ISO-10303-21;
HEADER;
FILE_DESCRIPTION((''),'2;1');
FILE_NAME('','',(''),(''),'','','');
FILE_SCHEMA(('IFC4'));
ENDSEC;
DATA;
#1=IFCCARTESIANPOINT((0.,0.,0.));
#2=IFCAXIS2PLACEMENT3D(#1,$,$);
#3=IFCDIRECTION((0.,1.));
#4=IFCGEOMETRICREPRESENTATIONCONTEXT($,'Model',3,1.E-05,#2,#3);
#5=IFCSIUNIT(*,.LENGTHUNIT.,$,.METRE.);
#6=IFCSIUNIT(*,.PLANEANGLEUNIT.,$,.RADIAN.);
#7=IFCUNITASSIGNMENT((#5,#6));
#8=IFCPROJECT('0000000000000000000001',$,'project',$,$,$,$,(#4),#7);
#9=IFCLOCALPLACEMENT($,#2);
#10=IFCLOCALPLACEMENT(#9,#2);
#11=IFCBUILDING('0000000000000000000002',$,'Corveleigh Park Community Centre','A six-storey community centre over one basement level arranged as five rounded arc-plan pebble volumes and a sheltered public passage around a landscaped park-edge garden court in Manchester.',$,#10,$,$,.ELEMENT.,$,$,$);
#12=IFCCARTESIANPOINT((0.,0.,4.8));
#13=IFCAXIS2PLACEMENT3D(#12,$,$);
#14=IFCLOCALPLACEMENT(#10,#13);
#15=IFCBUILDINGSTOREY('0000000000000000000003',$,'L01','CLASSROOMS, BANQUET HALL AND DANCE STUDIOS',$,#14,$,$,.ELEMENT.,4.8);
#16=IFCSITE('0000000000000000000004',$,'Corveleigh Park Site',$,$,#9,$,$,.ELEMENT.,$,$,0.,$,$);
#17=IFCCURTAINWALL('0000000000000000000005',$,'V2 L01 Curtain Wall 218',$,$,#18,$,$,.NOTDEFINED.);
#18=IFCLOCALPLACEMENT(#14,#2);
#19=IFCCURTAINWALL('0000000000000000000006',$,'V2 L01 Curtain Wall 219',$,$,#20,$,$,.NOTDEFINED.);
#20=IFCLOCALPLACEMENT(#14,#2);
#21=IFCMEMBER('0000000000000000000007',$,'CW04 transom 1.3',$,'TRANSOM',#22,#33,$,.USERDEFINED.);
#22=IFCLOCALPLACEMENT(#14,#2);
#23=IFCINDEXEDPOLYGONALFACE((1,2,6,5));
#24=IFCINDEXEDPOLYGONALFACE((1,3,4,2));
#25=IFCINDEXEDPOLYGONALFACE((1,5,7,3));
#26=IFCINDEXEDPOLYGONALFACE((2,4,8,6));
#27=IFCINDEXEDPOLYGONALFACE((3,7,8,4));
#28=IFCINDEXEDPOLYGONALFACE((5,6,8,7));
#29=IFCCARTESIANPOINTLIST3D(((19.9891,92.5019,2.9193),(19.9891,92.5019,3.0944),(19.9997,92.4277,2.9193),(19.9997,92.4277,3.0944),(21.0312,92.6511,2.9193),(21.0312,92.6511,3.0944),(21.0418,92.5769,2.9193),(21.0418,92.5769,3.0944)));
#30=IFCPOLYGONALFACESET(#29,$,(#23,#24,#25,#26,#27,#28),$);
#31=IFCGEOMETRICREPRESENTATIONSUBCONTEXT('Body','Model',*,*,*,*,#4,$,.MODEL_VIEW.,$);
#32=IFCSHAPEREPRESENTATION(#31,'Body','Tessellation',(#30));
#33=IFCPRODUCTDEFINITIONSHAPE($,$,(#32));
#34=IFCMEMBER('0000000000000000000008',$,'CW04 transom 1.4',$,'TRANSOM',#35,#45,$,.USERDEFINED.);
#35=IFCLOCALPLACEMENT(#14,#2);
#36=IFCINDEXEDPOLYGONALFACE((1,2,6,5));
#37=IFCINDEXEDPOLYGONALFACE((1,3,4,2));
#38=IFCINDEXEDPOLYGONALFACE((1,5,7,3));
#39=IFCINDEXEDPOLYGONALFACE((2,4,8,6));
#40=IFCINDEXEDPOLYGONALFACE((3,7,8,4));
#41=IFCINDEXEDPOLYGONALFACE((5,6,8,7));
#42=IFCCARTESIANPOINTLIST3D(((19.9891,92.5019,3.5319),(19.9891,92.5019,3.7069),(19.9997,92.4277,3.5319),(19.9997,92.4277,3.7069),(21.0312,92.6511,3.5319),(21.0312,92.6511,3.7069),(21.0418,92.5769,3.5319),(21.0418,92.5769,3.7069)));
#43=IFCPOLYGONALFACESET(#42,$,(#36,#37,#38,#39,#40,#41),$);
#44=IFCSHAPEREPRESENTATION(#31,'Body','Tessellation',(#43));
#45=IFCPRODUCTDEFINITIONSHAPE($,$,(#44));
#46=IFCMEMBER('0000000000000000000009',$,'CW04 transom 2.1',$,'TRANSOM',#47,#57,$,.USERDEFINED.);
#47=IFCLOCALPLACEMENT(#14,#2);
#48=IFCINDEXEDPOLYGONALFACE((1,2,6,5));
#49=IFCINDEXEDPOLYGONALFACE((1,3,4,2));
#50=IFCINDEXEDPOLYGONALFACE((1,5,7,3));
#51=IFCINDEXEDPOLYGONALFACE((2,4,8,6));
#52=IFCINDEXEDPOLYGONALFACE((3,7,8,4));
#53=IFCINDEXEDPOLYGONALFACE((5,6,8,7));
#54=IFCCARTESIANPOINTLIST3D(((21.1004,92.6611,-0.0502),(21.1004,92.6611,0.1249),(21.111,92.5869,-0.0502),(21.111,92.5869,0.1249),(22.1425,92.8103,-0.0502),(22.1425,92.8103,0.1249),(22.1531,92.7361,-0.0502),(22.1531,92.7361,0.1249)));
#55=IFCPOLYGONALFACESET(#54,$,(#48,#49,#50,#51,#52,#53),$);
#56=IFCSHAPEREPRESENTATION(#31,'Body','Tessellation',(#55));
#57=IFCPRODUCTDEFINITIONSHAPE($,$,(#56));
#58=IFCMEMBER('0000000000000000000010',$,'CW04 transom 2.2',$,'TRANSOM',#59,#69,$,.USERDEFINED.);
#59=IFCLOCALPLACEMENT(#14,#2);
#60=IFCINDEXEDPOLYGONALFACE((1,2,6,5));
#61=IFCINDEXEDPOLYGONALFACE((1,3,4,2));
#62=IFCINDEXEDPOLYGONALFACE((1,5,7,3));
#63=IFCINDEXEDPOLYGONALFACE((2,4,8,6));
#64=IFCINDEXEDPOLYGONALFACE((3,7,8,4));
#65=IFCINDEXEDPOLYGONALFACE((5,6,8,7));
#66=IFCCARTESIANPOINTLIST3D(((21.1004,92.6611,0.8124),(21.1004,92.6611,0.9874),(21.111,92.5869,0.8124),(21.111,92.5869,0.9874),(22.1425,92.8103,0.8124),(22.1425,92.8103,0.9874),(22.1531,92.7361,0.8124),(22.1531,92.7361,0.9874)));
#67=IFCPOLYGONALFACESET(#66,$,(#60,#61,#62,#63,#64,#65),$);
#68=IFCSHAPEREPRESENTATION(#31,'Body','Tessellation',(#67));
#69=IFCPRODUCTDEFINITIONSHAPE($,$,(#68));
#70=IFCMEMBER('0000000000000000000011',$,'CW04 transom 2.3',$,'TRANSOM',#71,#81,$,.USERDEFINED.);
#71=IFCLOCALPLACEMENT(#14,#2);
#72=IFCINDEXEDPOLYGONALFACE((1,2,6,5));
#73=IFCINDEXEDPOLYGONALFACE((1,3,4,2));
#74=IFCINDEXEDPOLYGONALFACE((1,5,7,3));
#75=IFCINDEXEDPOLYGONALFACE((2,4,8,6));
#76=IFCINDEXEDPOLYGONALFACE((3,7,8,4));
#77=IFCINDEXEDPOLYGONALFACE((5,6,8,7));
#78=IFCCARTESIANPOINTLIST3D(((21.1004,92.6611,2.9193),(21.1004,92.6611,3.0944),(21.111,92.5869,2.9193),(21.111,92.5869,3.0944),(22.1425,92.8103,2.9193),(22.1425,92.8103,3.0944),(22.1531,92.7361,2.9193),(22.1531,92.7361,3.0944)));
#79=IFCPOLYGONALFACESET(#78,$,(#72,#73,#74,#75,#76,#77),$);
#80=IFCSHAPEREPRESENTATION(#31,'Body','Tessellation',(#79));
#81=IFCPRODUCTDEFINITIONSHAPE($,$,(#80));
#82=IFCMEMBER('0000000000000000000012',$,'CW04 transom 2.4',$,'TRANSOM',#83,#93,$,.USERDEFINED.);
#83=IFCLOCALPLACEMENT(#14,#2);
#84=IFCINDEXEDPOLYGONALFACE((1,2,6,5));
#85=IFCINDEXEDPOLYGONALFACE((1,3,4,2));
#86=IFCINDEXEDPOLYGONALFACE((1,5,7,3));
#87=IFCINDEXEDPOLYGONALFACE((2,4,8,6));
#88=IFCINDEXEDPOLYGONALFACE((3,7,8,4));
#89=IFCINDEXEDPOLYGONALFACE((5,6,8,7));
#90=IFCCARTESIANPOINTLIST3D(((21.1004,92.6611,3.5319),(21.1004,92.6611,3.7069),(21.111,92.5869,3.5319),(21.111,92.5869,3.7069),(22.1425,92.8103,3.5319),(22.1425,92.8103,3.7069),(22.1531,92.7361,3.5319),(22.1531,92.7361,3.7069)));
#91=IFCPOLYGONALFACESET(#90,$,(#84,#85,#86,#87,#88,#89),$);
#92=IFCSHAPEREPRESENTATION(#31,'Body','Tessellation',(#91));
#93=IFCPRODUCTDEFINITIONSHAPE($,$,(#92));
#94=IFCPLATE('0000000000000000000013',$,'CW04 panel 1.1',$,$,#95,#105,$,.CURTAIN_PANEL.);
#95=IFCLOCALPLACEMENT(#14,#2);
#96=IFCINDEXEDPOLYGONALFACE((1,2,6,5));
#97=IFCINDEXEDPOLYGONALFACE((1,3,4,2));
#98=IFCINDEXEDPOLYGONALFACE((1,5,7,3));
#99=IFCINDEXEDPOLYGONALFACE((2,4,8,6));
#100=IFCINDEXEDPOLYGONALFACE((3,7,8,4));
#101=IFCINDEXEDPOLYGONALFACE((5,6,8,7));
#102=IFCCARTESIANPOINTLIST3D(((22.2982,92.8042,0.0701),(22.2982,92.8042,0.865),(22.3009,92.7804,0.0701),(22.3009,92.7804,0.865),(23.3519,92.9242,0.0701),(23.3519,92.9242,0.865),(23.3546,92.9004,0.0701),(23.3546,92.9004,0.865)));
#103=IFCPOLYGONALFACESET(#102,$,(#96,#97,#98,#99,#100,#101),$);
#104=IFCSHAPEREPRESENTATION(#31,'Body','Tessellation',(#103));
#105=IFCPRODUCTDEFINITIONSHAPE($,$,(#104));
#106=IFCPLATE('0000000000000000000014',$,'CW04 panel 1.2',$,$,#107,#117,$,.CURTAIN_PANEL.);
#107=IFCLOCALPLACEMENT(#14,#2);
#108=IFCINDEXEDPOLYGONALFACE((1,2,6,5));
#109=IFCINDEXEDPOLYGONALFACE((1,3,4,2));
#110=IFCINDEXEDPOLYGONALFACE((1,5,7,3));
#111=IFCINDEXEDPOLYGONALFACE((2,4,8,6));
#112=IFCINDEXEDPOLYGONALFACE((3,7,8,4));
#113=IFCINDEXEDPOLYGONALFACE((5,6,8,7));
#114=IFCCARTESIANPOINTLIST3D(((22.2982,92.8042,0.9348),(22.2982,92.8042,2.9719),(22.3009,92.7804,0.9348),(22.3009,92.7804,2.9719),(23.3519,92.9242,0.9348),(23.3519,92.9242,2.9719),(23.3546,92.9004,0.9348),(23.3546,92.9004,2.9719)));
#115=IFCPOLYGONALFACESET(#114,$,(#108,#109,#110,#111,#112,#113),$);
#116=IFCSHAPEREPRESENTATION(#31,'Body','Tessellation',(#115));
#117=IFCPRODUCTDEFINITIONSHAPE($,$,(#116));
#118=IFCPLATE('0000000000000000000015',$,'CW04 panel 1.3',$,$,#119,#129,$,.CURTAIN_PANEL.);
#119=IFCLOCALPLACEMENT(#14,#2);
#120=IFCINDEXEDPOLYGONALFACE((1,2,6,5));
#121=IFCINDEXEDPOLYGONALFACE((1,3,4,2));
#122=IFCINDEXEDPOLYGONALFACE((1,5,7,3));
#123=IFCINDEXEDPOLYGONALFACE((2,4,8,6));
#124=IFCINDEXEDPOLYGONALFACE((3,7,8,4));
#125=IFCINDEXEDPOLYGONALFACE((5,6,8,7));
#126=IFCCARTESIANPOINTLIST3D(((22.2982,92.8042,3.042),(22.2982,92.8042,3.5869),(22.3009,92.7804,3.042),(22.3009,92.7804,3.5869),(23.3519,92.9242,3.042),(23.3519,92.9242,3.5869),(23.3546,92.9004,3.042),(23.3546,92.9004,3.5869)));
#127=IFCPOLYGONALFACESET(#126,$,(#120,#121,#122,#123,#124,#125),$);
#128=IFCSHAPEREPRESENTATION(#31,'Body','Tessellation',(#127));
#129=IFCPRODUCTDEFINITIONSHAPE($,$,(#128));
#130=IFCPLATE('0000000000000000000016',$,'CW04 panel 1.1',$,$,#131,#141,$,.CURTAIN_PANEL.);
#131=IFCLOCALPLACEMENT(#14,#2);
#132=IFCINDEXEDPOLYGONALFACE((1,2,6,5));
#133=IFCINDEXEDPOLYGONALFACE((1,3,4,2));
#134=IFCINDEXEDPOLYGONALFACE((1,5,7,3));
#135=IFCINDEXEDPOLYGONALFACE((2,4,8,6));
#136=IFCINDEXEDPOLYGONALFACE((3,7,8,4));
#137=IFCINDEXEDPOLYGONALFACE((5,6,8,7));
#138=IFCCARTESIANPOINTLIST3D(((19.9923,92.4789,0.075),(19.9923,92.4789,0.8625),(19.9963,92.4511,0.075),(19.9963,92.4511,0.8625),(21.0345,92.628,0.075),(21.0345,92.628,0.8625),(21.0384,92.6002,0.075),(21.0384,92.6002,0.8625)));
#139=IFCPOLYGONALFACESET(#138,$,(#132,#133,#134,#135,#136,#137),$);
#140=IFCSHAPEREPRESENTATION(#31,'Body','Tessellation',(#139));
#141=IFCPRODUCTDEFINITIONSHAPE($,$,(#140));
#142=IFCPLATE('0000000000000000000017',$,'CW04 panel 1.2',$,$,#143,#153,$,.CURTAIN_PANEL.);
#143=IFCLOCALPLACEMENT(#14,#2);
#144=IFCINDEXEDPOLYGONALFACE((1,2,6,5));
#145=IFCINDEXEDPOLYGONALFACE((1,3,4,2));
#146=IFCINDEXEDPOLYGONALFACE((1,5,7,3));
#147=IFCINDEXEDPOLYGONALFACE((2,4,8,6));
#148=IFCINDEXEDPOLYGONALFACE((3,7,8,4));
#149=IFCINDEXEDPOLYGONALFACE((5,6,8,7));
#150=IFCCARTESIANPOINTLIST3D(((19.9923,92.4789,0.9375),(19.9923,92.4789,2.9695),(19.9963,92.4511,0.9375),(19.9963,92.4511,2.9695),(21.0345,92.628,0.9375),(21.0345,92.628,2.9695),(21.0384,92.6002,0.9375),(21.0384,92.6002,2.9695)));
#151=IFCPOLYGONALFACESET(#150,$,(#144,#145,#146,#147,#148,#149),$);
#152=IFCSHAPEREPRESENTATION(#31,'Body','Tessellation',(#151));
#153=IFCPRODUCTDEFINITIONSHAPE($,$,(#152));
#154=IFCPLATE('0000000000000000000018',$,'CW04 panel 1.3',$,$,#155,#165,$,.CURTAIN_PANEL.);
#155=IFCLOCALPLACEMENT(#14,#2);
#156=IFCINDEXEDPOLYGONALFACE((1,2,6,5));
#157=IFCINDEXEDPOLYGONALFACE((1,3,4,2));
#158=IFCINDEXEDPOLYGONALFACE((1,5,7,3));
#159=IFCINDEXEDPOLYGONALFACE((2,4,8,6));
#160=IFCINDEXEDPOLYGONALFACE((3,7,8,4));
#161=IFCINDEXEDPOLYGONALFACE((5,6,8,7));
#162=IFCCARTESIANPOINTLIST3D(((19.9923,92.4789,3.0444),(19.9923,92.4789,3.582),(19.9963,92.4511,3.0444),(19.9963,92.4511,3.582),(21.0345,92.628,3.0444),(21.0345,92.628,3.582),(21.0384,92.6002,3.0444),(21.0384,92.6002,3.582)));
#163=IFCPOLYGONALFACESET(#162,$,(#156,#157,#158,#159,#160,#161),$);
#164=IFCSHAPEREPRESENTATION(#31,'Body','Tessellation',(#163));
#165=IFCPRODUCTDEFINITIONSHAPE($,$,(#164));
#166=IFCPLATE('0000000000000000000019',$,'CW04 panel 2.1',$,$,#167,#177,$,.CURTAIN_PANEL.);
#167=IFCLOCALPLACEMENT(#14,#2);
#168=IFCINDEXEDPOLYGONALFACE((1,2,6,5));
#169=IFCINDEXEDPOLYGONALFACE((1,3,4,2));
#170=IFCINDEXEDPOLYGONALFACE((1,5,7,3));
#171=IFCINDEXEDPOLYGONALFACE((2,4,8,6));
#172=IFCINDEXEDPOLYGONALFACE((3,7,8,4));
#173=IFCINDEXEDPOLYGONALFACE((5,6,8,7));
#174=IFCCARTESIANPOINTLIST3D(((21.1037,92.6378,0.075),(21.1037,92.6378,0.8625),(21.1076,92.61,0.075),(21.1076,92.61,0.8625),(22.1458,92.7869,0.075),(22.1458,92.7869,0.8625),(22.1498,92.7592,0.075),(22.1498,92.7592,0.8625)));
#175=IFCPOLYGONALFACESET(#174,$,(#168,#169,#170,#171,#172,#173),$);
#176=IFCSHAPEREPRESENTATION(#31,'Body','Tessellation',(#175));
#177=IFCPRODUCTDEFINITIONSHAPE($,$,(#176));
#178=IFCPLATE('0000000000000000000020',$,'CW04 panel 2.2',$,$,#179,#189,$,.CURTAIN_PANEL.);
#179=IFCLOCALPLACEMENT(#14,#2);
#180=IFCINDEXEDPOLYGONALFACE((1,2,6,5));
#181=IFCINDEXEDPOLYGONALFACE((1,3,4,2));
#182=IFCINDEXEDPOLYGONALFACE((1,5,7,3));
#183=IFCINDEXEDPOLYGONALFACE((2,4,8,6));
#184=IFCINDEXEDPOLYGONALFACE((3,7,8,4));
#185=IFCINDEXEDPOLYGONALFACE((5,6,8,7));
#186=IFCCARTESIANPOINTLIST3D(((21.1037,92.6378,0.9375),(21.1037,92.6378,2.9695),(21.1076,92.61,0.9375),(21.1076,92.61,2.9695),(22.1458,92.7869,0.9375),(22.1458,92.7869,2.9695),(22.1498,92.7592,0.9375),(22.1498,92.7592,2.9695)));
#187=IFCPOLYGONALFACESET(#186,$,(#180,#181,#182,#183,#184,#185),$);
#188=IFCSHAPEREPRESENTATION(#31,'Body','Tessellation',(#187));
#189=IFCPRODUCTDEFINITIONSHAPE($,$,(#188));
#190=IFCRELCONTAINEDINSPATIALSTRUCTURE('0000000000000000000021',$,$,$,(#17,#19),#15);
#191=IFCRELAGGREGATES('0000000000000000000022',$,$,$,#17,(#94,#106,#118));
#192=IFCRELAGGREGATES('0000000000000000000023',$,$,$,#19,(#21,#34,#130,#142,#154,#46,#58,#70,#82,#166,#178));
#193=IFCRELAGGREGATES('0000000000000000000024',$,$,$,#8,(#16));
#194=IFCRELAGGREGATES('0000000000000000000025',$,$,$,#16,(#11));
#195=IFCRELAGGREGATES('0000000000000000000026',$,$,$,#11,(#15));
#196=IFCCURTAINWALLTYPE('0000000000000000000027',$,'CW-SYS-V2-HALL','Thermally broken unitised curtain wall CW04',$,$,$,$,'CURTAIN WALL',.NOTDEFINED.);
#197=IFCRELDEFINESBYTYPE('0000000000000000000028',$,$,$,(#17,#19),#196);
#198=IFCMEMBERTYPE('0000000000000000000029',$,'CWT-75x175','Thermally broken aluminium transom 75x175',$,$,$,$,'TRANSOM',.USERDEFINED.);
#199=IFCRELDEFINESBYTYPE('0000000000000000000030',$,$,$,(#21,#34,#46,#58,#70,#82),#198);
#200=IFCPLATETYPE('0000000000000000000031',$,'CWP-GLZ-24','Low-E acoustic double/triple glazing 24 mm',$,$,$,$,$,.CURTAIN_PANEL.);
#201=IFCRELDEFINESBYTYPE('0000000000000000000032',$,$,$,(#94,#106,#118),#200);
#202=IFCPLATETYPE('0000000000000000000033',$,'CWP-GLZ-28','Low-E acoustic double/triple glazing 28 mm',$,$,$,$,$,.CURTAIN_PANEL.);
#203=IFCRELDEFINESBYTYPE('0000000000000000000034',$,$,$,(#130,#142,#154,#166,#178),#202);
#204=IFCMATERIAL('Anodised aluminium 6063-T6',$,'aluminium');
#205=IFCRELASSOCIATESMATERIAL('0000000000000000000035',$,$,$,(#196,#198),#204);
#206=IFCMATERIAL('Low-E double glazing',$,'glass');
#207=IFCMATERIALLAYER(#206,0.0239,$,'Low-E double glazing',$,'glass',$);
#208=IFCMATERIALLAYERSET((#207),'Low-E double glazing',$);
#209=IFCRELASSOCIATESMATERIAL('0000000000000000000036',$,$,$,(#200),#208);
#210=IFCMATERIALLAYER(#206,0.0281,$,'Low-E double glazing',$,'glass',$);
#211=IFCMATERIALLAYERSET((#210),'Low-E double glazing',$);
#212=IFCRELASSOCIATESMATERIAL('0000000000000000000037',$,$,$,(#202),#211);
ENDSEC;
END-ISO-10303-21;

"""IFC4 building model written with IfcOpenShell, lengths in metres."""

from ifc_helpers import new_model, si_unit, direction, frame, origin, origin_2d, place, context, subcontext, project, spatial, rectangle, extrude, material, layer, layer_set, material_profile, profile_set, type_object, element, aggregate, save


model = new_model("IFC4")

# Units and contexts
model_context = context("Model", 3, precision=1e-05, world=origin(), true_north=direction((0.0, 1.0)))
body_context = subcontext(model_context, "Body", "Model", "MODEL_VIEW")
ifc_project = project(units=[si_unit("LENGTHUNIT", "METRE"), si_unit("PLANEANGLEUNIT", "RADIAN")], contexts=[model_context])

# Site, building, storey
site_placement = place(None, origin())
site = spatial("IfcSite", under=ifc_project, at=site_placement, Name="Corveleigh Park Site", CompositionType="ELEMENT", RefElevation=0.0)
building_placement = place(site_placement, origin())
building = spatial("IfcBuilding", under=site, at=building_placement, Name="Corveleigh Park Community Centre", Description="A six-storey community centre over one basement level arranged as five rounded arc-plan pebble volumes and a sheltered public passage around a landscaped park-edge garden court in Manchester.", CompositionType="ELEMENT")
storey_placement = place(building_placement, frame((0.0, 0.0, 4.8)))
storey = spatial("IfcBuildingStorey", under=building, at=storey_placement, Name="L01", Description="CLASSROOMS, BANQUET HALL AND DANCE STUDIOS", CompositionType="ELEMENT", Elevation=4.8)

# Curtain walls
ifc_material_1 = material(Name="Anodised aluminium 6063-T6", Category="aluminium")
curtain_wall_type = type_object("IfcCurtainWallType", Name="CW-SYS-V2-HALL", Description="Thermally broken unitised curtain wall CW04", ElementType="CURTAIN WALL", PredefinedType="NOTDEFINED", material=ifc_material_1)
curtain_wall_1_placement = place(storey_placement, origin())
curtain_wall_1 = element("IfcCurtainWall", 1, at=curtain_wall_1_placement, inside=storey, type_object=curtain_wall_type, Name="V2 L01 Curtain Wall 218", PredefinedType="NOTDEFINED")
curtain_wall_2_placement = place(storey_placement, origin())
curtain_wall_2 = element("IfcCurtainWall", 2, at=curtain_wall_2_placement, inside=storey, type_object=curtain_wall_type, Name="V2 L01 Curtain Wall 219", PredefinedType="NOTDEFINED")

# Members
ifc_material_profile_1 = material_profile(ifc_material_1, rectangle(XDim=0.075, YDim=0.175, at=origin_2d()), Name="ALU-T75x175", Category="aluminium")
ifc_profile_set_1 = profile_set([ifc_material_profile_1], Name="Anodised aluminium 6063-T6")
member_type_1 = type_object("IfcMemberType", Name="CWT-75x175", Description="Thermally broken aluminium transom 75x175", ElementType="TRANSOM", PredefinedType="USERDEFINED", material=ifc_profile_set_1)
member_1_placement = place(storey_placement, frame((19.9944, 92.4648, 3.0068), z_axis=(0.989908, 0.141714, 0.0), x_axis=(-0.141714, 0.989908, 0.0)))
member_1 = element("IfcMember", 3, at=member_1_placement, type_object=member_type_1, Name="CW04 transom 1.3", ObjectType="TRANSOM", PredefinedType="USERDEFINED", context=body_context, shape_type="SweptSolid", body=[
    extrude(rectangle(XDim=0.075, YDim=0.175, at=origin_2d()), origin(), (0.0, 0.0, 1.0), 1.0527),
])
member_2_placement = place(storey_placement, frame((19.9944, 92.4648, 3.6194), z_axis=(0.989908, 0.141714, 0.0), x_axis=(-0.141714, 0.989908, 0.0)))
member_2 = element("IfcMember", 4, at=member_2_placement, type_object=member_type_1, Name="CW04 transom 1.4", ObjectType="TRANSOM", PredefinedType="USERDEFINED", context=body_context, shape_type="SweptSolid", body=[
    extrude(rectangle(XDim=0.075, YDim=0.175, at=origin_2d()), origin(), (0.0, 0.0, 1.0), 1.0527),
])
member_3_placement = place(storey_placement, frame((21.1057, 92.624, 0.0374), z_axis=(0.989908, 0.141714, 0.0), x_axis=(-0.141714, 0.989908, 0.0)))
member_3 = element("IfcMember", 5, at=member_3_placement, type_object=member_type_1, Name="CW04 transom 2.1", ObjectType="TRANSOM", PredefinedType="USERDEFINED", context=body_context, shape_type="SweptSolid", body=[
    extrude(rectangle(XDim=0.075, YDim=0.175, at=origin_2d()), origin(), (0.0, 0.0, 1.0), 1.0527),
])
member_4_placement = place(storey_placement, frame((21.1057, 92.624, 0.8999), z_axis=(0.989908, 0.141714, 0.0), x_axis=(-0.141714, 0.989908, 0.0)))
member_4 = element("IfcMember", 6, at=member_4_placement, type_object=member_type_1, Name="CW04 transom 2.2", ObjectType="TRANSOM", PredefinedType="USERDEFINED", context=body_context, shape_type="SweptSolid", body=[
    extrude(rectangle(XDim=0.075, YDim=0.175, at=origin_2d()), origin(), (0.0, 0.0, 1.0), 1.0527),
])
member_5_placement = place(storey_placement, frame((21.1057, 92.624, 3.0068), z_axis=(0.989908, 0.141714, 0.0), x_axis=(-0.141714, 0.989908, 0.0)))
member_5 = element("IfcMember", 7, at=member_5_placement, type_object=member_type_1, Name="CW04 transom 2.3", ObjectType="TRANSOM", PredefinedType="USERDEFINED", context=body_context, shape_type="SweptSolid", body=[
    extrude(rectangle(XDim=0.075, YDim=0.175, at=origin_2d()), origin(), (0.0, 0.0, 1.0), 1.0527),
])
member_6_placement = place(storey_placement, frame((21.1057, 92.624, 3.6194), z_axis=(0.989908, 0.141714, 0.0), x_axis=(-0.141714, 0.989908, 0.0)))
member_6 = element("IfcMember", 8, at=member_6_placement, type_object=member_type_1, Name="CW04 transom 2.4", ObjectType="TRANSOM", PredefinedType="USERDEFINED", context=body_context, shape_type="SweptSolid", body=[
    extrude(rectangle(XDim=0.075, YDim=0.175, at=origin_2d()), origin(), (0.0, 0.0, 1.0), 1.0527),
])

# Plates
ifc_material_2 = material(Name="Low-E double glazing", Category="glass")
ifc_layer_1 = layer(ifc_material_2, 0.0239, Name="Low-E double glazing", Category="glass")
ifc_layer_set_1 = layer_set([ifc_layer_1], Name="Low-E double glazing")
plate_type_1 = type_object("IfcPlateType", Name="CWP-GLZ-24", Description="Low-E acoustic double/triple glazing 24 mm", PredefinedType="CURTAIN_PANEL", material=ifc_layer_set_1)
plate_1_placement = place(storey_placement, frame((22.8264, 92.8523, 0.0701), z_axis=(0.0, 0.0, 1.0), x_axis=(0.99358, 0.113133, 0.0)))
plate_1 = element("IfcPlate", 9, at=plate_1_placement, type_object=plate_type_1, Name="CW04 panel 1.1", PredefinedType="CURTAIN_PANEL", context=body_context, shape_type="SweptSolid", body=[
    extrude(rectangle(XDim=1.0605, YDim=0.0239, at=origin_2d()), origin(), (0.0, 0.0, 1.0), 0.7949),
])
plate_2_placement = place(storey_placement, frame((22.8264, 92.8523, 0.9348), z_axis=(0.0, 0.0, 1.0), x_axis=(0.99358, 0.113133, 0.0)))
plate_2 = element("IfcPlate", 10, at=plate_2_placement, type_object=plate_type_1, Name="CW04 panel 1.2", PredefinedType="CURTAIN_PANEL", context=body_context, shape_type="SweptSolid", body=[
    extrude(rectangle(XDim=1.0605, YDim=0.0239, at=origin_2d()), origin(), (0.0, 0.0, 1.0), 2.0371),
])
plate_3_placement = place(storey_placement, frame((22.8264, 92.8523, 3.042), z_axis=(0.0, 0.0, 1.0), x_axis=(0.99358, 0.113133, 0.0)))
plate_3 = element("IfcPlate", 11, at=plate_3_placement, type_object=plate_type_1, Name="CW04 panel 1.3", PredefinedType="CURTAIN_PANEL", context=body_context, shape_type="SweptSolid", body=[
    extrude(rectangle(XDim=1.0605, YDim=0.0239, at=origin_2d()), origin(), (0.0, 0.0, 1.0), 0.5449),
])
aggregate(curtain_wall_1, [plate_1, plate_2, plate_3])
ifc_layer_2 = layer(ifc_material_2, 0.0281, Name="Low-E double glazing", Category="glass")
ifc_layer_set_2 = layer_set([ifc_layer_2], Name="Low-E double glazing")
plate_type_2 = type_object("IfcPlateType", Name="CWP-GLZ-28", Description="Low-E acoustic double/triple glazing 28 mm", PredefinedType="CURTAIN_PANEL", material=ifc_layer_set_2)
plate_4_placement = place(storey_placement, frame((20.5154, 92.5396, 0.075), z_axis=(0.0, 0.0, 1.0), x_axis=(0.989915, 0.141663, 0.0)))
plate_4 = element("IfcPlate", 12, at=plate_4_placement, type_object=plate_type_2, Name="CW04 panel 1.1", PredefinedType="CURTAIN_PANEL", context=body_context, shape_type="SweptSolid", body=[
    extrude(rectangle(XDim=1.0527, YDim=0.0281, at=origin_2d()), origin(), (0.0, 0.0, 1.0), 0.7876),
])
plate_5_placement = place(storey_placement, frame((20.5154, 92.5396, 0.9375), z_axis=(0.0, 0.0, 1.0), x_axis=(0.989915, 0.141663, 0.0)))
plate_5 = element("IfcPlate", 13, at=plate_5_placement, type_object=plate_type_2, Name="CW04 panel 1.2", PredefinedType="CURTAIN_PANEL", context=body_context, shape_type="SweptSolid", body=[
    extrude(rectangle(XDim=1.0527, YDim=0.0281, at=origin_2d()), origin(), (0.0, 0.0, 1.0), 2.032),
])
plate_6_placement = place(storey_placement, frame((20.5154, 92.5396, 3.0444), z_axis=(0.0, 0.0, 1.0), x_axis=(0.989915, 0.141663, 0.0)))
plate_6 = element("IfcPlate", 14, at=plate_6_placement, type_object=plate_type_2, Name="CW04 panel 1.3", PredefinedType="CURTAIN_PANEL", context=body_context, shape_type="SweptSolid", body=[
    extrude(rectangle(XDim=1.0527, YDim=0.0281, at=origin_2d()), origin(), (0.0, 0.0, 1.0), 0.5376),
])
plate_7_placement = place(storey_placement, frame((21.6267, 92.6985, 0.075), z_axis=(0.0, 0.0, 1.0), x_axis=(0.989915, 0.141663, 0.0)))
plate_7 = element("IfcPlate", 15, at=plate_7_placement, type_object=plate_type_2, Name="CW04 panel 2.1", PredefinedType="CURTAIN_PANEL", context=body_context, shape_type="SweptSolid", body=[
    extrude(rectangle(XDim=1.0527, YDim=0.0281, at=origin_2d()), origin(), (0.0, 0.0, 1.0), 0.7876),
])
plate_8_placement = place(storey_placement, frame((21.6267, 92.6985, 0.9375), z_axis=(0.0, 0.0, 1.0), x_axis=(0.989915, 0.141663, 0.0)))
plate_8 = element("IfcPlate", 16, at=plate_8_placement, type_object=plate_type_2, Name="CW04 panel 2.2", PredefinedType="CURTAIN_PANEL", context=body_context, shape_type="SweptSolid", body=[
    extrude(rectangle(XDim=1.0527, YDim=0.0281, at=origin_2d()), origin(), (0.0, 0.0, 1.0), 2.032),
])
aggregate(curtain_wall_2, [member_1, member_2, plate_4, plate_5, plate_6, member_3, member_4, member_5, member_6, plate_7, plate_8])

save(model, "model.ifc")
